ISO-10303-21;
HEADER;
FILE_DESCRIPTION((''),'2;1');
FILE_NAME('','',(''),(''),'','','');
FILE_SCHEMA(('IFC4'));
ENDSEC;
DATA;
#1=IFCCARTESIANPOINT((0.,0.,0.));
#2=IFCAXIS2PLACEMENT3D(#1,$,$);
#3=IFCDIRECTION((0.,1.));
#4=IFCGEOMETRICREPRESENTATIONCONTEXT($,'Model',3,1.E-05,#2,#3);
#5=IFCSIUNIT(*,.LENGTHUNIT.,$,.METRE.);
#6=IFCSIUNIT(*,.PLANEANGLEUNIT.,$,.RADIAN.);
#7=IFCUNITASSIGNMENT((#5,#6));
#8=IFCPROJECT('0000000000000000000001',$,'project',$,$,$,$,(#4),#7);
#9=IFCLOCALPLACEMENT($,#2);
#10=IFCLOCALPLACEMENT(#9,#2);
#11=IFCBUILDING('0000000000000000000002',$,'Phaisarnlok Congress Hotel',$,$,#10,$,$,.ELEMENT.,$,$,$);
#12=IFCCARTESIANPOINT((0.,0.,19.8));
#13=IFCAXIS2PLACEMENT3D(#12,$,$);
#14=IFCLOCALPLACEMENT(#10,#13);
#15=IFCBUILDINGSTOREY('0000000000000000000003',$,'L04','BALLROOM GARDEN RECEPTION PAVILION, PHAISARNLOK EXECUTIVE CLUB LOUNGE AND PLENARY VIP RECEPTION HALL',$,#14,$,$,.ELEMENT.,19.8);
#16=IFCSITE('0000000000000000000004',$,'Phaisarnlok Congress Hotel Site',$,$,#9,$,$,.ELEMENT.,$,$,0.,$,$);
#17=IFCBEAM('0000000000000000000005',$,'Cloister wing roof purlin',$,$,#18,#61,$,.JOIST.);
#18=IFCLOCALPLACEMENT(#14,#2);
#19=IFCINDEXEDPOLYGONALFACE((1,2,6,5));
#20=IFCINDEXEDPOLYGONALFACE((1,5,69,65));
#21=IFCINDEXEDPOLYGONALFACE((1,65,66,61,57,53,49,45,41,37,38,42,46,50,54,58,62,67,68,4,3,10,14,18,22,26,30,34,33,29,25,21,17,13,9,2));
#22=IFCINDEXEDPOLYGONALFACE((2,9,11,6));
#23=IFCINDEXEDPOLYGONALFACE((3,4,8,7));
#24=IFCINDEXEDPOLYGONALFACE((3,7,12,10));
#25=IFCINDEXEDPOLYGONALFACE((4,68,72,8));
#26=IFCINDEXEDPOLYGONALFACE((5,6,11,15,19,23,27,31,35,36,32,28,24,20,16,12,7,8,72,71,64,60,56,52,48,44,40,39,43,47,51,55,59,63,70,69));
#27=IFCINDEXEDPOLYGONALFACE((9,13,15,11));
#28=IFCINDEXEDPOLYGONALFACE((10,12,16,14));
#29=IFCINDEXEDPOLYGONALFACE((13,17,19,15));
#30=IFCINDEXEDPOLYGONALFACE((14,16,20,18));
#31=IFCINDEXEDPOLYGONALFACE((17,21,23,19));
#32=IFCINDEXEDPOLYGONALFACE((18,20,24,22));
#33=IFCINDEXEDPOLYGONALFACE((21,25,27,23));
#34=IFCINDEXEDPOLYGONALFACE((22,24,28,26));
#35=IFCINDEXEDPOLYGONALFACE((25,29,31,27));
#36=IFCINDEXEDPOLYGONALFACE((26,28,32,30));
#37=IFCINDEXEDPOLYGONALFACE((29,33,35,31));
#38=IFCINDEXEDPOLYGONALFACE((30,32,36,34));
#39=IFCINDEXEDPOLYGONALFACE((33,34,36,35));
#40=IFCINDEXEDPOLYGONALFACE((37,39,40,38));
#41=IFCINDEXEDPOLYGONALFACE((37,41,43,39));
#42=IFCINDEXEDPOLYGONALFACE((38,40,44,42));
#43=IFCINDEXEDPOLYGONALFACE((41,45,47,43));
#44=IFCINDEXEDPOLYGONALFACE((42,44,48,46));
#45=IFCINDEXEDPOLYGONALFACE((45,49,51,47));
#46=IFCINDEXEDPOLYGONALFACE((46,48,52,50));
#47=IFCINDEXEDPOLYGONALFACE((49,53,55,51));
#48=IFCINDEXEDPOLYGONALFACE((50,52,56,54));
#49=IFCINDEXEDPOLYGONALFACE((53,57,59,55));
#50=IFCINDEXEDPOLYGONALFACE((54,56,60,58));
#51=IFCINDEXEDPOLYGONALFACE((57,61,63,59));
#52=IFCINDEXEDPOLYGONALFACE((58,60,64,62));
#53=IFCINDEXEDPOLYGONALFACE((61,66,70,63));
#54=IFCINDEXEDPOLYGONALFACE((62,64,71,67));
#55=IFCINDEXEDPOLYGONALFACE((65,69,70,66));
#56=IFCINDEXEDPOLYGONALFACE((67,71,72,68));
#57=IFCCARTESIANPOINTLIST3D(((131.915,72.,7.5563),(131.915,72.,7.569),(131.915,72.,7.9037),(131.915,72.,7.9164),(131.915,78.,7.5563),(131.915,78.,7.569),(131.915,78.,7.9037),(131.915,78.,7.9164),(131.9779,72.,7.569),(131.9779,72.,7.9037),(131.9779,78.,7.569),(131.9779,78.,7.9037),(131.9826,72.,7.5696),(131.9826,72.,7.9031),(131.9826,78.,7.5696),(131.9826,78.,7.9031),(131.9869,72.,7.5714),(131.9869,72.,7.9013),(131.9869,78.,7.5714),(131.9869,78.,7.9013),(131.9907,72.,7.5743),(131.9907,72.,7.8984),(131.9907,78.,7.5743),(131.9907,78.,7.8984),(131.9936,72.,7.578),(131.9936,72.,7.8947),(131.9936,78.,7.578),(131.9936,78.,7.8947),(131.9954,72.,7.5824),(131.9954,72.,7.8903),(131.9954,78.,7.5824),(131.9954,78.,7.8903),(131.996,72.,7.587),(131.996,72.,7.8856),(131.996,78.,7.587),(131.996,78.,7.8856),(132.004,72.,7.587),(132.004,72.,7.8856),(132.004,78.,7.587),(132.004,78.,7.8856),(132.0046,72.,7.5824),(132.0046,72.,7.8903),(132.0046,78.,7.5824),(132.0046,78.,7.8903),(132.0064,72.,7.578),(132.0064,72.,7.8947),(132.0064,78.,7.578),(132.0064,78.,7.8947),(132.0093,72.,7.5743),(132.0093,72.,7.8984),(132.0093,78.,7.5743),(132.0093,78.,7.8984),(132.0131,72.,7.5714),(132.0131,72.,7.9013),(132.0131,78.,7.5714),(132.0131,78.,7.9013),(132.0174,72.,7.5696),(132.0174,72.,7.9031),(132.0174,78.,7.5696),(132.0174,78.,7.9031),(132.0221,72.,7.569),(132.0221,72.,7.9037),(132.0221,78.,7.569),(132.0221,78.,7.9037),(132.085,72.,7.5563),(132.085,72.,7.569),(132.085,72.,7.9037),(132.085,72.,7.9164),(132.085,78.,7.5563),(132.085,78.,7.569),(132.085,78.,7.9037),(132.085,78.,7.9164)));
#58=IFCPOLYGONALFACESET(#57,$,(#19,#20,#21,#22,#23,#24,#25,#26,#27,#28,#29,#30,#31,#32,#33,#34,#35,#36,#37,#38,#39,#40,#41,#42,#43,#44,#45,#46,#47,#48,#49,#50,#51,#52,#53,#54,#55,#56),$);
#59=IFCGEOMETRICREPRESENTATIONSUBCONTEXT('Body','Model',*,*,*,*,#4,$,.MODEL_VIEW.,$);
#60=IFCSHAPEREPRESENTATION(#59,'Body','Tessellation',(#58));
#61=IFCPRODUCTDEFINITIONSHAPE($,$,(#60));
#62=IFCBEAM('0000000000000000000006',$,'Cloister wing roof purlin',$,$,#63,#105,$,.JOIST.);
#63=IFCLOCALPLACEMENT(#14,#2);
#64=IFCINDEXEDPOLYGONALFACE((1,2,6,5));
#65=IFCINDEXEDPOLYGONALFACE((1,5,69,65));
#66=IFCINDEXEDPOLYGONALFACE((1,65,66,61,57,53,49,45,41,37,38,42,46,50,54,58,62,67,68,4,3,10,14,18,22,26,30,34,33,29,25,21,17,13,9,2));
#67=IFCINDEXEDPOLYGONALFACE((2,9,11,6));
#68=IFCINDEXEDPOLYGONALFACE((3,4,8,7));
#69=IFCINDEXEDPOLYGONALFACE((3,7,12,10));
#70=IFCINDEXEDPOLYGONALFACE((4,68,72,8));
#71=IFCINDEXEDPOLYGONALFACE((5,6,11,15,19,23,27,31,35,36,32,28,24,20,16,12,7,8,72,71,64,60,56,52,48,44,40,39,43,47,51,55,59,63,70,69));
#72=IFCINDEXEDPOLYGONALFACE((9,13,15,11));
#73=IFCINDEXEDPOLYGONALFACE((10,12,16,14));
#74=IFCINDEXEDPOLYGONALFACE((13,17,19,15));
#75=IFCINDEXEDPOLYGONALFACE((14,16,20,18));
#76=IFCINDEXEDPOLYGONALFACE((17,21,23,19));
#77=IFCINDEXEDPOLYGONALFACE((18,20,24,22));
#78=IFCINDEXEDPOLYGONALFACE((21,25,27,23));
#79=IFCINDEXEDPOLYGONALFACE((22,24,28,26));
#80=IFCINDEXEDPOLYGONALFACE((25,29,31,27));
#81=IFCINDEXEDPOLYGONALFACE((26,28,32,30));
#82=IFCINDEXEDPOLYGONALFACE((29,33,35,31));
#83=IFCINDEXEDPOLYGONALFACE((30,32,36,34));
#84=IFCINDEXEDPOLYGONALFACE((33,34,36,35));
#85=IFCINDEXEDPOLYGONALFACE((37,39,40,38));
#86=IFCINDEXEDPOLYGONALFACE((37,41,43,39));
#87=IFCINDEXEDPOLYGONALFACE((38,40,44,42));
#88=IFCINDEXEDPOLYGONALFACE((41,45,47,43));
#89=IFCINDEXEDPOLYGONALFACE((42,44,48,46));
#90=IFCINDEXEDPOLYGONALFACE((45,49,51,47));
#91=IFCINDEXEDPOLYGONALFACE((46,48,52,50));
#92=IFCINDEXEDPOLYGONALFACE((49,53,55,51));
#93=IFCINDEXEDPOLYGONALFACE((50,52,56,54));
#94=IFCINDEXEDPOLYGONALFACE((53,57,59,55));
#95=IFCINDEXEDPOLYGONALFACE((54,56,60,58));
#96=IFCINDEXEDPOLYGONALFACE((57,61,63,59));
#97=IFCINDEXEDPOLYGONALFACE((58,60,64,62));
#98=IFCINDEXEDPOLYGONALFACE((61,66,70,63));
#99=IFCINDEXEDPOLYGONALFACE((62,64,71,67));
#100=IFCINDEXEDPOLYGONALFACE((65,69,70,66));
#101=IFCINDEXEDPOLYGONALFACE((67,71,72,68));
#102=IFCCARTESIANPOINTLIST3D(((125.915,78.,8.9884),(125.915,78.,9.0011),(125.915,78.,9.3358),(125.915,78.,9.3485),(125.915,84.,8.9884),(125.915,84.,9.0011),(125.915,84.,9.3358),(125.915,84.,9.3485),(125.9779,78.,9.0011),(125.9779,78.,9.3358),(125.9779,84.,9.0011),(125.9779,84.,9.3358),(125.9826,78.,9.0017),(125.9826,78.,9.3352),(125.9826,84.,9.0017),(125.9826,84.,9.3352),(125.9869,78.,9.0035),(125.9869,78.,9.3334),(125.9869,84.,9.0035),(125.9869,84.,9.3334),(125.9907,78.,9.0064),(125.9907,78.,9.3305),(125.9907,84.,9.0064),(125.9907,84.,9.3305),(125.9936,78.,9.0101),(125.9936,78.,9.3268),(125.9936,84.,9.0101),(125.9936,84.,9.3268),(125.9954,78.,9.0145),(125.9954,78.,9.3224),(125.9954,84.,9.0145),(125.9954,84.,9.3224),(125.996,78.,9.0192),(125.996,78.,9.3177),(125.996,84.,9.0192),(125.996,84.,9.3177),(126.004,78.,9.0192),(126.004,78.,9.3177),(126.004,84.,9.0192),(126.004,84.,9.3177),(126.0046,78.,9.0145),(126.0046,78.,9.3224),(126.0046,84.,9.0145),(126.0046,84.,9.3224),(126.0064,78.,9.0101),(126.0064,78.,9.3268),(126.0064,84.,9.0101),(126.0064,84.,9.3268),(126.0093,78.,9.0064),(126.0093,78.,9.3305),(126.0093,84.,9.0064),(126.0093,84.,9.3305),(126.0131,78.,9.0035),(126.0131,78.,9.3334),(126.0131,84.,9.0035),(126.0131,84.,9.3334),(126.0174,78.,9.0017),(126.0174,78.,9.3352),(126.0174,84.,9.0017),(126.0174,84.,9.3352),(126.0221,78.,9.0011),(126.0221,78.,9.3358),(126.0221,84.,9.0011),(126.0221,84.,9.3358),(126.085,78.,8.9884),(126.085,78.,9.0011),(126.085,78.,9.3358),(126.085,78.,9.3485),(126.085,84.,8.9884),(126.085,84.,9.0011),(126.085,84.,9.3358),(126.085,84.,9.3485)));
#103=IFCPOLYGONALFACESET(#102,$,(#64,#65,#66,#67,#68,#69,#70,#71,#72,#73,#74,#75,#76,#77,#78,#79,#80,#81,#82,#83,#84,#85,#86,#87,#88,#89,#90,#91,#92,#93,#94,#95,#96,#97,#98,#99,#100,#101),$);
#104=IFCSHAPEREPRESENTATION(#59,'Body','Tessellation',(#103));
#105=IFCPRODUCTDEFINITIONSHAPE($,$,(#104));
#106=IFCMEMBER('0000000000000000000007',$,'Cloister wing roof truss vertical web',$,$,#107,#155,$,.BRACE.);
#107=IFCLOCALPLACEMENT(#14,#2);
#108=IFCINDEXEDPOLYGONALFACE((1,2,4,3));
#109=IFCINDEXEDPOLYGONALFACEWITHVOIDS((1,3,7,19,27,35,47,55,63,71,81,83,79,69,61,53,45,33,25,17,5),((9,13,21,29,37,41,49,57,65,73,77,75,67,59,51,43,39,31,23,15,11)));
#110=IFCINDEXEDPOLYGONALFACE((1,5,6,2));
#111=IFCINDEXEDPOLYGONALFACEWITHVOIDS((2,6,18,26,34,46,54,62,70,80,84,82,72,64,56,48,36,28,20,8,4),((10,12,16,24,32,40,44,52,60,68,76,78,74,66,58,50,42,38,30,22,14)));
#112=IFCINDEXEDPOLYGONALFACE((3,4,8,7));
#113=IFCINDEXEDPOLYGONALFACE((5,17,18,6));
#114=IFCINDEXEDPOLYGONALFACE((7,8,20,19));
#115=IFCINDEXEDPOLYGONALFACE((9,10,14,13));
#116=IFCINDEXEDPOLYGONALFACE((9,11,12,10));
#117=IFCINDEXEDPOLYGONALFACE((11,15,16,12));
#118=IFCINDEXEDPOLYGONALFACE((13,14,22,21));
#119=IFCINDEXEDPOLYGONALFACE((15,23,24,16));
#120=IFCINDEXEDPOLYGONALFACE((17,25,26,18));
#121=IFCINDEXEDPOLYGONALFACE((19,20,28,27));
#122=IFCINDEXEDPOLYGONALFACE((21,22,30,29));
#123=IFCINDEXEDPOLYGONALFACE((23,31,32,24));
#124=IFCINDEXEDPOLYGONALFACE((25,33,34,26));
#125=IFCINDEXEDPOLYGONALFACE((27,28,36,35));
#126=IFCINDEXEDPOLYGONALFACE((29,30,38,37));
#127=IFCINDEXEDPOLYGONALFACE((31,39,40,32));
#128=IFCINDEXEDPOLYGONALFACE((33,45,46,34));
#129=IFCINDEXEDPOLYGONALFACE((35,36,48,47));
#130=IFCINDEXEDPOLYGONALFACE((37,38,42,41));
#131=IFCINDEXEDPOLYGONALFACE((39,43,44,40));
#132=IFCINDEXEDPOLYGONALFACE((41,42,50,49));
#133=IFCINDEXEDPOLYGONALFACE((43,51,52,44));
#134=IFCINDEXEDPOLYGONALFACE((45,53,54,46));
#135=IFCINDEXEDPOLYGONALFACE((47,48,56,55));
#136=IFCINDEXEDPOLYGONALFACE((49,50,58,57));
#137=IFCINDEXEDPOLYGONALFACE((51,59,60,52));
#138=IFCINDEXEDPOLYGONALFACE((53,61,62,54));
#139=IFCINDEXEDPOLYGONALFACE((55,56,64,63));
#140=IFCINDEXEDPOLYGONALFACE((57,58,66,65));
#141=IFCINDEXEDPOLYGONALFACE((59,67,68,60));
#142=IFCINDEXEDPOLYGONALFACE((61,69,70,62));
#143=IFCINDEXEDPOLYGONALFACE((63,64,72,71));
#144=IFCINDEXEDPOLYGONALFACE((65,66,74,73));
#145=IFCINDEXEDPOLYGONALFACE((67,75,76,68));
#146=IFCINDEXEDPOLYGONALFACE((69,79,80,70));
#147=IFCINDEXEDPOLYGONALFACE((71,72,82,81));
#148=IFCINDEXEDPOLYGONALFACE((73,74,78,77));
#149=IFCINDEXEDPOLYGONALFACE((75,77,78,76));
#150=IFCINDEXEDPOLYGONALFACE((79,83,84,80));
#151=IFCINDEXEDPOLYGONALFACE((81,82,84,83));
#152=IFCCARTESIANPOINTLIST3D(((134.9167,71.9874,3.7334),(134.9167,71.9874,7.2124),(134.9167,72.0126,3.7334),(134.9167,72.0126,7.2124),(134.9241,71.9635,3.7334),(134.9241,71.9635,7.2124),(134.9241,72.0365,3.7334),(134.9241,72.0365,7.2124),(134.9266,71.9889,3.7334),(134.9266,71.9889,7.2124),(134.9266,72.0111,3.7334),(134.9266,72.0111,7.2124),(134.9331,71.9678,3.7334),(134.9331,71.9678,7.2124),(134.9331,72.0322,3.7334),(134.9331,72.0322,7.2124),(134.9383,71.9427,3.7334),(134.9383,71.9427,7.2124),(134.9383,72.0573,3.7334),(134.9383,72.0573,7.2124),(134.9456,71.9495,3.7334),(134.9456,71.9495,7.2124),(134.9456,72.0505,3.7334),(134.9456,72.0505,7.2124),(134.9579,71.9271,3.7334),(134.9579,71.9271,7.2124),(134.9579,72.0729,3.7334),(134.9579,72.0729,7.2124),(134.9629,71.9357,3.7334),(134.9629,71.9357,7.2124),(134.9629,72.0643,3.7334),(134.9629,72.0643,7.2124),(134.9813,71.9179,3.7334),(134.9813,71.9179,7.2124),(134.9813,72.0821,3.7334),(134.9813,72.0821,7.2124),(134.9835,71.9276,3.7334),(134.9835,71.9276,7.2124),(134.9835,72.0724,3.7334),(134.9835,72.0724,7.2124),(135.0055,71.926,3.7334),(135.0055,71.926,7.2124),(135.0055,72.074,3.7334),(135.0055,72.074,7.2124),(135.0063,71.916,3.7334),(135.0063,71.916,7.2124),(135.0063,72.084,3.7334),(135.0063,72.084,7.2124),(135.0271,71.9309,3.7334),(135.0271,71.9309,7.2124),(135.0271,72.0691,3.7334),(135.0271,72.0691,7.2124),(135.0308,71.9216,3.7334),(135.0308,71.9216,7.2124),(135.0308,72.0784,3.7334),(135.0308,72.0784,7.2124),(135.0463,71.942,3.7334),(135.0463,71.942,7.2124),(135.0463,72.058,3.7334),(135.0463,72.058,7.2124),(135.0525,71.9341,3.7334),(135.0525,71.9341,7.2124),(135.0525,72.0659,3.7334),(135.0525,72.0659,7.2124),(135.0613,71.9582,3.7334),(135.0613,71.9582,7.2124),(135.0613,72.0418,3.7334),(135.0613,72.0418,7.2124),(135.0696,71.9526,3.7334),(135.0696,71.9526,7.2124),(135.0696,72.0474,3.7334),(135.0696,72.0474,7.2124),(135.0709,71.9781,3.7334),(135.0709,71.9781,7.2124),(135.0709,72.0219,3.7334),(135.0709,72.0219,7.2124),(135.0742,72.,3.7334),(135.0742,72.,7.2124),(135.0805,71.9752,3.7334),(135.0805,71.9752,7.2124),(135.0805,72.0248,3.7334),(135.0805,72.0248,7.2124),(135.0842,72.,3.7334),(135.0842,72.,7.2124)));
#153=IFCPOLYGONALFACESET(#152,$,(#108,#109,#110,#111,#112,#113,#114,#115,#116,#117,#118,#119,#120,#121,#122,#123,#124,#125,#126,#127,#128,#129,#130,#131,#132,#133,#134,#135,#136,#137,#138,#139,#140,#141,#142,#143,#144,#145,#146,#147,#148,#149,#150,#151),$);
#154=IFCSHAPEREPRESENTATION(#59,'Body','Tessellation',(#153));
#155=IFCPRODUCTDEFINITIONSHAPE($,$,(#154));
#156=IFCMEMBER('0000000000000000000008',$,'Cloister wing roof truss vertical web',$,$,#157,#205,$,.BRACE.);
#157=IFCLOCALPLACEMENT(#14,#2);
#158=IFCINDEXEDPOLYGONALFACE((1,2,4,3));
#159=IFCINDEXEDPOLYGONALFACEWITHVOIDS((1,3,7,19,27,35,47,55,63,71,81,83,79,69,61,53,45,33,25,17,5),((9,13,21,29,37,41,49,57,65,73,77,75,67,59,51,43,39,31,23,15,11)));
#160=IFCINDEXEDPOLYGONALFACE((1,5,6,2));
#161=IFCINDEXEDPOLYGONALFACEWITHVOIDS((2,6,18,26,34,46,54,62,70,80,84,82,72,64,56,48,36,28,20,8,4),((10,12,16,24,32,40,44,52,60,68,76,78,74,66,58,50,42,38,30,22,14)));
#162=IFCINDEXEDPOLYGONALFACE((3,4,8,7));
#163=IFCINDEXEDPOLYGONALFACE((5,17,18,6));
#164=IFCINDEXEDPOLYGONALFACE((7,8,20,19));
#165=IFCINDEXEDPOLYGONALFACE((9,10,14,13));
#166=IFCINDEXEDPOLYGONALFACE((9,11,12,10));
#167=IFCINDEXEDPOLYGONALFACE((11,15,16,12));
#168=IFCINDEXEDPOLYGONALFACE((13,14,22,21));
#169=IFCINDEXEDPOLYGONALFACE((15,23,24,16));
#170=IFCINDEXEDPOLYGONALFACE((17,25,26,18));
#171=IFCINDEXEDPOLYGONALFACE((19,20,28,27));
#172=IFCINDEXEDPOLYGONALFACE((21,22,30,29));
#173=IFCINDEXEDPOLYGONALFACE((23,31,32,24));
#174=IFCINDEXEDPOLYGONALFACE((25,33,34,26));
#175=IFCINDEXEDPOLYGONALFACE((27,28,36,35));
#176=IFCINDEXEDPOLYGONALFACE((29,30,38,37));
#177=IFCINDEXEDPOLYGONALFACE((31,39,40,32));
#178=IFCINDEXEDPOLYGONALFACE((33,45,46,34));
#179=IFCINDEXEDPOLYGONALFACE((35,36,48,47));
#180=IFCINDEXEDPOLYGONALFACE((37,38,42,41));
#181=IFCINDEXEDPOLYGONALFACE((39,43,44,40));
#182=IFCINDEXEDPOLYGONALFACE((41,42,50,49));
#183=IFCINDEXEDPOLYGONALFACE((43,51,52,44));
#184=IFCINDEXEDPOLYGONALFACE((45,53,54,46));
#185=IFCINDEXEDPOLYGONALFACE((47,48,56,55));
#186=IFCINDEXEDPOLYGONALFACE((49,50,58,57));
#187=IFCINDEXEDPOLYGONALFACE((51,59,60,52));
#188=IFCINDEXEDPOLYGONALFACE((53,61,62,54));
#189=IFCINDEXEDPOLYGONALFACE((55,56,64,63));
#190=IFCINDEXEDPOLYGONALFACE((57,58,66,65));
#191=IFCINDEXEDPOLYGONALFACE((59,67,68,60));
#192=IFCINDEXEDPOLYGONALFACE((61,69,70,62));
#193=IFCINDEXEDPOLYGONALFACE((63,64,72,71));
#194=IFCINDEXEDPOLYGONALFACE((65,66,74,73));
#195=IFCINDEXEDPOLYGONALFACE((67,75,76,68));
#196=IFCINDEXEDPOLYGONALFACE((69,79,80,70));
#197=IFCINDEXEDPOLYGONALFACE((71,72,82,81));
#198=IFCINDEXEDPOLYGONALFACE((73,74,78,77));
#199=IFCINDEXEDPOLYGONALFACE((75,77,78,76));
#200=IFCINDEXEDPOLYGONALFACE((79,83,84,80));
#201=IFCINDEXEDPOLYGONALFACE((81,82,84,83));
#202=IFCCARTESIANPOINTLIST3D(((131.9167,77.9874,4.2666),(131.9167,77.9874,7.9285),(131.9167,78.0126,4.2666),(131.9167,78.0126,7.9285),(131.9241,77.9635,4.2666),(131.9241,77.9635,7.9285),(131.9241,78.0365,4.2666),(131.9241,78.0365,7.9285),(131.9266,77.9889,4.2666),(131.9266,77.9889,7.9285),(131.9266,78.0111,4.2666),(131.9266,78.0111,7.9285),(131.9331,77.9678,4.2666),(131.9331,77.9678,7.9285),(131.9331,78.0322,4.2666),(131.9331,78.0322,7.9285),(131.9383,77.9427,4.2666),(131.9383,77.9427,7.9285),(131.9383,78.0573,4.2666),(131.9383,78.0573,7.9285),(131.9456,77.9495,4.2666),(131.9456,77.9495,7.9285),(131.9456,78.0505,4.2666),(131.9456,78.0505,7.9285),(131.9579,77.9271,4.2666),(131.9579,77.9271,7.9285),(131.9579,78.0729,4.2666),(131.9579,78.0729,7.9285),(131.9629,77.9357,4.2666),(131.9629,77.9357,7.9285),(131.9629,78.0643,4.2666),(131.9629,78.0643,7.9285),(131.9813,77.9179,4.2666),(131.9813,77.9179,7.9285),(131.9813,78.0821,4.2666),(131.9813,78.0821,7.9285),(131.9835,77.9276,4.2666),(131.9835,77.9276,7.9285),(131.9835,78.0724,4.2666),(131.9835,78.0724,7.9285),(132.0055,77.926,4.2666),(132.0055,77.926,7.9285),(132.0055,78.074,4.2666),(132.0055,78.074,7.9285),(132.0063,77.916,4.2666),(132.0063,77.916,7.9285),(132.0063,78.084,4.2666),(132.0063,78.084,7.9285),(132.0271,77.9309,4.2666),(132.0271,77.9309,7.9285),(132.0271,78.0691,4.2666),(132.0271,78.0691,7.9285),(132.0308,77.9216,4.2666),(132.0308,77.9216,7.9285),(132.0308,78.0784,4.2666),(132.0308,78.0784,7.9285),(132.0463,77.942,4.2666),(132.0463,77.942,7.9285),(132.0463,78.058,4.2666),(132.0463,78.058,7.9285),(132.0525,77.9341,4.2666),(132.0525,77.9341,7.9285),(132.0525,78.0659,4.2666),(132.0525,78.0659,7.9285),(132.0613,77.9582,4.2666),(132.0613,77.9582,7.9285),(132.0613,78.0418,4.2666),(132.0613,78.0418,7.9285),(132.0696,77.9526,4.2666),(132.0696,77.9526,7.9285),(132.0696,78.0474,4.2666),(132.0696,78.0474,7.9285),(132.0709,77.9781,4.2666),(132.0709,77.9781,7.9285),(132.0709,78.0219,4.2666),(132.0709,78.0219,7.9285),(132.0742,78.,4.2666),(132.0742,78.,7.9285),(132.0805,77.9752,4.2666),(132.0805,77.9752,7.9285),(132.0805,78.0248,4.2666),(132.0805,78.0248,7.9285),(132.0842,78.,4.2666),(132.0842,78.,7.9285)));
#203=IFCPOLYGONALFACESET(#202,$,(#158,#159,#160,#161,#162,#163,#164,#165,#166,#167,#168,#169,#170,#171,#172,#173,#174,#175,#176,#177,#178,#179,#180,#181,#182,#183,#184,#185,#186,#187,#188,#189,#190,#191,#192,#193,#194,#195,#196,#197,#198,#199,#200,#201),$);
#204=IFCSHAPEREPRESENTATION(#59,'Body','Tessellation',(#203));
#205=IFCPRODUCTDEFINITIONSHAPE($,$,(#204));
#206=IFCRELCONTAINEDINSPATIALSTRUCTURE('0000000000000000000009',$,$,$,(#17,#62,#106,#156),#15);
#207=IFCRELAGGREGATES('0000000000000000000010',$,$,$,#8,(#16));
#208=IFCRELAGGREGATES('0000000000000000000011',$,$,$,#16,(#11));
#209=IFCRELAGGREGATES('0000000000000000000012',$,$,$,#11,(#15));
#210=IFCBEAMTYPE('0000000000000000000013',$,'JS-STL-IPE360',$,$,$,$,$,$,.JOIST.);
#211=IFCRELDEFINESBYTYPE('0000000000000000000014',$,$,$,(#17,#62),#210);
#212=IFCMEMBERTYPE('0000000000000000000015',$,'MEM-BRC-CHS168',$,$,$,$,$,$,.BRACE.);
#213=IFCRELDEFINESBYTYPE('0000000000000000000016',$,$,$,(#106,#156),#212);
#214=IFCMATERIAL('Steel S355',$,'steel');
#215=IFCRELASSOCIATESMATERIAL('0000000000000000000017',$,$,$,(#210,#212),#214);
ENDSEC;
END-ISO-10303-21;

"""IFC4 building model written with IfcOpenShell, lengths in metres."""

from ifc_helpers import new_model, si_unit, direction, frame, origin, origin_2d, place, context, subcontext, project, spatial, hollow_circle, i_section, extrude, material, material_profile, profile_set, type_object, element, save


model = new_model("IFC4")

# Units and contexts
model_context = context("Model", 3, precision=1e-05, world=origin(), true_north=direction((0.0, 1.0)))
body_context = subcontext(model_context, "Body", "Model", "MODEL_VIEW")
ifc_project = project(units=[si_unit("LENGTHUNIT", "METRE"), si_unit("PLANEANGLEUNIT", "RADIAN")], contexts=[model_context])

# Site, building, storey
site_placement = place(None, origin())
site = spatial("IfcSite", under=ifc_project, at=site_placement, Name="Phaisarnlok Congress Hotel Site", CompositionType="ELEMENT", RefElevation=0.0)
building_placement = place(site_placement, origin())
building = spatial("IfcBuilding", under=site, at=building_placement, Name="Phaisarnlok Congress Hotel", CompositionType="ELEMENT")
storey_placement = place(building_placement, frame((0.0, 0.0, 19.8)))
storey = spatial("IfcBuildingStorey", under=building, at=storey_placement, Name="L04", Description="BALLROOM GARDEN RECEPTION PAVILION, PHAISARNLOK EXECUTIVE CLUB LOUNGE AND PLENARY VIP RECEPTION HALL", CompositionType="ELEMENT", Elevation=19.8)

# Beams
ifc_material_1 = material(Name="Steel S355", Category="steel")
ifc_material_profile_1 = material_profile(ifc_material_1, i_section(OverallWidth=0.1699, OverallDepth=0.3601, WebThickness=0.0081, FlangeThickness=0.0127, FilletRadius=0.0181, at=origin_2d()), Name="IPE 360")
ifc_profile_set_1 = profile_set([ifc_material_profile_1], Name="Steel S355")
beam_type = type_object("IfcBeamType", Name="JS-STL-IPE360", PredefinedType="JOIST", material=ifc_profile_set_1)
for number, where, z_axis, x_axis, name in (
    (1, (132.0, 72.0, 7.7363), (0.0, 1.0, 0.0), (-1.0, 0.0, 0.0), "Cloister wing roof purlin"),
    (2, (126.0, 78.0, 9.1685), (0.0, 1.0, 0.0), (-1.0, 0.0, 0.0), "Cloister wing roof purlin"),
):
    element("IfcBeam", number, at=place(storey_placement, frame(where, z_axis=z_axis, x_axis=x_axis)), inside=storey, type_object=beam_type, Name=name, PredefinedType="JOIST", context=body_context, shape_type="SweptSolid", body=[
        extrude(i_section(OverallWidth=0.1699, OverallDepth=0.3601, WebThickness=0.0081, FlangeThickness=0.0127, FilletRadius=0.0181, at=origin_2d()), origin(), (0.0, 0.0, 1.0), 6.0),
    ])

# Members
ifc_material_profile_2 = material_profile(ifc_material_1, hollow_circle(Radius=0.0842, WallThickness=0.01, at=origin_2d()), Name="CHS 168.3x10")
ifc_profile_set_2 = profile_set([ifc_material_profile_2], Name="Steel S355")
member_type_1 = type_object("IfcMemberType", Name="MEM-BRC-CHS168", PredefinedType="BRACE", material=ifc_profile_set_2)
member_1_placement = place(storey_placement, frame((135.0, 72.0, 3.7334), z_axis=(0.0, 0.0, 1.0), x_axis=(1.0, 0.0, 0.0)))
element("IfcMember", 3, at=member_1_placement, inside=storey, type_object=member_type_1, Name="Cloister wing roof truss vertical web", PredefinedType="BRACE", context=body_context, shape_type="SweptSolid", body=[
    extrude(hollow_circle(Radius=0.0842, WallThickness=0.01, at=origin_2d()), origin(), (0.0, 0.0, 1.0), 3.479),
])
member_2_placement = place(storey_placement, frame((132.0, 78.0, 4.2666), z_axis=(0.0, 0.0, 1.0), x_axis=(1.0, 0.0, 0.0)))
element("IfcMember", 4, at=member_2_placement, inside=storey, type_object=member_type_1, Name="Cloister wing roof truss vertical web", PredefinedType="BRACE", context=body_context, shape_type="SweptSolid", body=[
    extrude(hollow_circle(Radius=0.0842, WallThickness=0.01, at=origin_2d()), origin(), (0.0, 0.0, 1.0), 3.6619),
])

save(model, "model.ifc")
